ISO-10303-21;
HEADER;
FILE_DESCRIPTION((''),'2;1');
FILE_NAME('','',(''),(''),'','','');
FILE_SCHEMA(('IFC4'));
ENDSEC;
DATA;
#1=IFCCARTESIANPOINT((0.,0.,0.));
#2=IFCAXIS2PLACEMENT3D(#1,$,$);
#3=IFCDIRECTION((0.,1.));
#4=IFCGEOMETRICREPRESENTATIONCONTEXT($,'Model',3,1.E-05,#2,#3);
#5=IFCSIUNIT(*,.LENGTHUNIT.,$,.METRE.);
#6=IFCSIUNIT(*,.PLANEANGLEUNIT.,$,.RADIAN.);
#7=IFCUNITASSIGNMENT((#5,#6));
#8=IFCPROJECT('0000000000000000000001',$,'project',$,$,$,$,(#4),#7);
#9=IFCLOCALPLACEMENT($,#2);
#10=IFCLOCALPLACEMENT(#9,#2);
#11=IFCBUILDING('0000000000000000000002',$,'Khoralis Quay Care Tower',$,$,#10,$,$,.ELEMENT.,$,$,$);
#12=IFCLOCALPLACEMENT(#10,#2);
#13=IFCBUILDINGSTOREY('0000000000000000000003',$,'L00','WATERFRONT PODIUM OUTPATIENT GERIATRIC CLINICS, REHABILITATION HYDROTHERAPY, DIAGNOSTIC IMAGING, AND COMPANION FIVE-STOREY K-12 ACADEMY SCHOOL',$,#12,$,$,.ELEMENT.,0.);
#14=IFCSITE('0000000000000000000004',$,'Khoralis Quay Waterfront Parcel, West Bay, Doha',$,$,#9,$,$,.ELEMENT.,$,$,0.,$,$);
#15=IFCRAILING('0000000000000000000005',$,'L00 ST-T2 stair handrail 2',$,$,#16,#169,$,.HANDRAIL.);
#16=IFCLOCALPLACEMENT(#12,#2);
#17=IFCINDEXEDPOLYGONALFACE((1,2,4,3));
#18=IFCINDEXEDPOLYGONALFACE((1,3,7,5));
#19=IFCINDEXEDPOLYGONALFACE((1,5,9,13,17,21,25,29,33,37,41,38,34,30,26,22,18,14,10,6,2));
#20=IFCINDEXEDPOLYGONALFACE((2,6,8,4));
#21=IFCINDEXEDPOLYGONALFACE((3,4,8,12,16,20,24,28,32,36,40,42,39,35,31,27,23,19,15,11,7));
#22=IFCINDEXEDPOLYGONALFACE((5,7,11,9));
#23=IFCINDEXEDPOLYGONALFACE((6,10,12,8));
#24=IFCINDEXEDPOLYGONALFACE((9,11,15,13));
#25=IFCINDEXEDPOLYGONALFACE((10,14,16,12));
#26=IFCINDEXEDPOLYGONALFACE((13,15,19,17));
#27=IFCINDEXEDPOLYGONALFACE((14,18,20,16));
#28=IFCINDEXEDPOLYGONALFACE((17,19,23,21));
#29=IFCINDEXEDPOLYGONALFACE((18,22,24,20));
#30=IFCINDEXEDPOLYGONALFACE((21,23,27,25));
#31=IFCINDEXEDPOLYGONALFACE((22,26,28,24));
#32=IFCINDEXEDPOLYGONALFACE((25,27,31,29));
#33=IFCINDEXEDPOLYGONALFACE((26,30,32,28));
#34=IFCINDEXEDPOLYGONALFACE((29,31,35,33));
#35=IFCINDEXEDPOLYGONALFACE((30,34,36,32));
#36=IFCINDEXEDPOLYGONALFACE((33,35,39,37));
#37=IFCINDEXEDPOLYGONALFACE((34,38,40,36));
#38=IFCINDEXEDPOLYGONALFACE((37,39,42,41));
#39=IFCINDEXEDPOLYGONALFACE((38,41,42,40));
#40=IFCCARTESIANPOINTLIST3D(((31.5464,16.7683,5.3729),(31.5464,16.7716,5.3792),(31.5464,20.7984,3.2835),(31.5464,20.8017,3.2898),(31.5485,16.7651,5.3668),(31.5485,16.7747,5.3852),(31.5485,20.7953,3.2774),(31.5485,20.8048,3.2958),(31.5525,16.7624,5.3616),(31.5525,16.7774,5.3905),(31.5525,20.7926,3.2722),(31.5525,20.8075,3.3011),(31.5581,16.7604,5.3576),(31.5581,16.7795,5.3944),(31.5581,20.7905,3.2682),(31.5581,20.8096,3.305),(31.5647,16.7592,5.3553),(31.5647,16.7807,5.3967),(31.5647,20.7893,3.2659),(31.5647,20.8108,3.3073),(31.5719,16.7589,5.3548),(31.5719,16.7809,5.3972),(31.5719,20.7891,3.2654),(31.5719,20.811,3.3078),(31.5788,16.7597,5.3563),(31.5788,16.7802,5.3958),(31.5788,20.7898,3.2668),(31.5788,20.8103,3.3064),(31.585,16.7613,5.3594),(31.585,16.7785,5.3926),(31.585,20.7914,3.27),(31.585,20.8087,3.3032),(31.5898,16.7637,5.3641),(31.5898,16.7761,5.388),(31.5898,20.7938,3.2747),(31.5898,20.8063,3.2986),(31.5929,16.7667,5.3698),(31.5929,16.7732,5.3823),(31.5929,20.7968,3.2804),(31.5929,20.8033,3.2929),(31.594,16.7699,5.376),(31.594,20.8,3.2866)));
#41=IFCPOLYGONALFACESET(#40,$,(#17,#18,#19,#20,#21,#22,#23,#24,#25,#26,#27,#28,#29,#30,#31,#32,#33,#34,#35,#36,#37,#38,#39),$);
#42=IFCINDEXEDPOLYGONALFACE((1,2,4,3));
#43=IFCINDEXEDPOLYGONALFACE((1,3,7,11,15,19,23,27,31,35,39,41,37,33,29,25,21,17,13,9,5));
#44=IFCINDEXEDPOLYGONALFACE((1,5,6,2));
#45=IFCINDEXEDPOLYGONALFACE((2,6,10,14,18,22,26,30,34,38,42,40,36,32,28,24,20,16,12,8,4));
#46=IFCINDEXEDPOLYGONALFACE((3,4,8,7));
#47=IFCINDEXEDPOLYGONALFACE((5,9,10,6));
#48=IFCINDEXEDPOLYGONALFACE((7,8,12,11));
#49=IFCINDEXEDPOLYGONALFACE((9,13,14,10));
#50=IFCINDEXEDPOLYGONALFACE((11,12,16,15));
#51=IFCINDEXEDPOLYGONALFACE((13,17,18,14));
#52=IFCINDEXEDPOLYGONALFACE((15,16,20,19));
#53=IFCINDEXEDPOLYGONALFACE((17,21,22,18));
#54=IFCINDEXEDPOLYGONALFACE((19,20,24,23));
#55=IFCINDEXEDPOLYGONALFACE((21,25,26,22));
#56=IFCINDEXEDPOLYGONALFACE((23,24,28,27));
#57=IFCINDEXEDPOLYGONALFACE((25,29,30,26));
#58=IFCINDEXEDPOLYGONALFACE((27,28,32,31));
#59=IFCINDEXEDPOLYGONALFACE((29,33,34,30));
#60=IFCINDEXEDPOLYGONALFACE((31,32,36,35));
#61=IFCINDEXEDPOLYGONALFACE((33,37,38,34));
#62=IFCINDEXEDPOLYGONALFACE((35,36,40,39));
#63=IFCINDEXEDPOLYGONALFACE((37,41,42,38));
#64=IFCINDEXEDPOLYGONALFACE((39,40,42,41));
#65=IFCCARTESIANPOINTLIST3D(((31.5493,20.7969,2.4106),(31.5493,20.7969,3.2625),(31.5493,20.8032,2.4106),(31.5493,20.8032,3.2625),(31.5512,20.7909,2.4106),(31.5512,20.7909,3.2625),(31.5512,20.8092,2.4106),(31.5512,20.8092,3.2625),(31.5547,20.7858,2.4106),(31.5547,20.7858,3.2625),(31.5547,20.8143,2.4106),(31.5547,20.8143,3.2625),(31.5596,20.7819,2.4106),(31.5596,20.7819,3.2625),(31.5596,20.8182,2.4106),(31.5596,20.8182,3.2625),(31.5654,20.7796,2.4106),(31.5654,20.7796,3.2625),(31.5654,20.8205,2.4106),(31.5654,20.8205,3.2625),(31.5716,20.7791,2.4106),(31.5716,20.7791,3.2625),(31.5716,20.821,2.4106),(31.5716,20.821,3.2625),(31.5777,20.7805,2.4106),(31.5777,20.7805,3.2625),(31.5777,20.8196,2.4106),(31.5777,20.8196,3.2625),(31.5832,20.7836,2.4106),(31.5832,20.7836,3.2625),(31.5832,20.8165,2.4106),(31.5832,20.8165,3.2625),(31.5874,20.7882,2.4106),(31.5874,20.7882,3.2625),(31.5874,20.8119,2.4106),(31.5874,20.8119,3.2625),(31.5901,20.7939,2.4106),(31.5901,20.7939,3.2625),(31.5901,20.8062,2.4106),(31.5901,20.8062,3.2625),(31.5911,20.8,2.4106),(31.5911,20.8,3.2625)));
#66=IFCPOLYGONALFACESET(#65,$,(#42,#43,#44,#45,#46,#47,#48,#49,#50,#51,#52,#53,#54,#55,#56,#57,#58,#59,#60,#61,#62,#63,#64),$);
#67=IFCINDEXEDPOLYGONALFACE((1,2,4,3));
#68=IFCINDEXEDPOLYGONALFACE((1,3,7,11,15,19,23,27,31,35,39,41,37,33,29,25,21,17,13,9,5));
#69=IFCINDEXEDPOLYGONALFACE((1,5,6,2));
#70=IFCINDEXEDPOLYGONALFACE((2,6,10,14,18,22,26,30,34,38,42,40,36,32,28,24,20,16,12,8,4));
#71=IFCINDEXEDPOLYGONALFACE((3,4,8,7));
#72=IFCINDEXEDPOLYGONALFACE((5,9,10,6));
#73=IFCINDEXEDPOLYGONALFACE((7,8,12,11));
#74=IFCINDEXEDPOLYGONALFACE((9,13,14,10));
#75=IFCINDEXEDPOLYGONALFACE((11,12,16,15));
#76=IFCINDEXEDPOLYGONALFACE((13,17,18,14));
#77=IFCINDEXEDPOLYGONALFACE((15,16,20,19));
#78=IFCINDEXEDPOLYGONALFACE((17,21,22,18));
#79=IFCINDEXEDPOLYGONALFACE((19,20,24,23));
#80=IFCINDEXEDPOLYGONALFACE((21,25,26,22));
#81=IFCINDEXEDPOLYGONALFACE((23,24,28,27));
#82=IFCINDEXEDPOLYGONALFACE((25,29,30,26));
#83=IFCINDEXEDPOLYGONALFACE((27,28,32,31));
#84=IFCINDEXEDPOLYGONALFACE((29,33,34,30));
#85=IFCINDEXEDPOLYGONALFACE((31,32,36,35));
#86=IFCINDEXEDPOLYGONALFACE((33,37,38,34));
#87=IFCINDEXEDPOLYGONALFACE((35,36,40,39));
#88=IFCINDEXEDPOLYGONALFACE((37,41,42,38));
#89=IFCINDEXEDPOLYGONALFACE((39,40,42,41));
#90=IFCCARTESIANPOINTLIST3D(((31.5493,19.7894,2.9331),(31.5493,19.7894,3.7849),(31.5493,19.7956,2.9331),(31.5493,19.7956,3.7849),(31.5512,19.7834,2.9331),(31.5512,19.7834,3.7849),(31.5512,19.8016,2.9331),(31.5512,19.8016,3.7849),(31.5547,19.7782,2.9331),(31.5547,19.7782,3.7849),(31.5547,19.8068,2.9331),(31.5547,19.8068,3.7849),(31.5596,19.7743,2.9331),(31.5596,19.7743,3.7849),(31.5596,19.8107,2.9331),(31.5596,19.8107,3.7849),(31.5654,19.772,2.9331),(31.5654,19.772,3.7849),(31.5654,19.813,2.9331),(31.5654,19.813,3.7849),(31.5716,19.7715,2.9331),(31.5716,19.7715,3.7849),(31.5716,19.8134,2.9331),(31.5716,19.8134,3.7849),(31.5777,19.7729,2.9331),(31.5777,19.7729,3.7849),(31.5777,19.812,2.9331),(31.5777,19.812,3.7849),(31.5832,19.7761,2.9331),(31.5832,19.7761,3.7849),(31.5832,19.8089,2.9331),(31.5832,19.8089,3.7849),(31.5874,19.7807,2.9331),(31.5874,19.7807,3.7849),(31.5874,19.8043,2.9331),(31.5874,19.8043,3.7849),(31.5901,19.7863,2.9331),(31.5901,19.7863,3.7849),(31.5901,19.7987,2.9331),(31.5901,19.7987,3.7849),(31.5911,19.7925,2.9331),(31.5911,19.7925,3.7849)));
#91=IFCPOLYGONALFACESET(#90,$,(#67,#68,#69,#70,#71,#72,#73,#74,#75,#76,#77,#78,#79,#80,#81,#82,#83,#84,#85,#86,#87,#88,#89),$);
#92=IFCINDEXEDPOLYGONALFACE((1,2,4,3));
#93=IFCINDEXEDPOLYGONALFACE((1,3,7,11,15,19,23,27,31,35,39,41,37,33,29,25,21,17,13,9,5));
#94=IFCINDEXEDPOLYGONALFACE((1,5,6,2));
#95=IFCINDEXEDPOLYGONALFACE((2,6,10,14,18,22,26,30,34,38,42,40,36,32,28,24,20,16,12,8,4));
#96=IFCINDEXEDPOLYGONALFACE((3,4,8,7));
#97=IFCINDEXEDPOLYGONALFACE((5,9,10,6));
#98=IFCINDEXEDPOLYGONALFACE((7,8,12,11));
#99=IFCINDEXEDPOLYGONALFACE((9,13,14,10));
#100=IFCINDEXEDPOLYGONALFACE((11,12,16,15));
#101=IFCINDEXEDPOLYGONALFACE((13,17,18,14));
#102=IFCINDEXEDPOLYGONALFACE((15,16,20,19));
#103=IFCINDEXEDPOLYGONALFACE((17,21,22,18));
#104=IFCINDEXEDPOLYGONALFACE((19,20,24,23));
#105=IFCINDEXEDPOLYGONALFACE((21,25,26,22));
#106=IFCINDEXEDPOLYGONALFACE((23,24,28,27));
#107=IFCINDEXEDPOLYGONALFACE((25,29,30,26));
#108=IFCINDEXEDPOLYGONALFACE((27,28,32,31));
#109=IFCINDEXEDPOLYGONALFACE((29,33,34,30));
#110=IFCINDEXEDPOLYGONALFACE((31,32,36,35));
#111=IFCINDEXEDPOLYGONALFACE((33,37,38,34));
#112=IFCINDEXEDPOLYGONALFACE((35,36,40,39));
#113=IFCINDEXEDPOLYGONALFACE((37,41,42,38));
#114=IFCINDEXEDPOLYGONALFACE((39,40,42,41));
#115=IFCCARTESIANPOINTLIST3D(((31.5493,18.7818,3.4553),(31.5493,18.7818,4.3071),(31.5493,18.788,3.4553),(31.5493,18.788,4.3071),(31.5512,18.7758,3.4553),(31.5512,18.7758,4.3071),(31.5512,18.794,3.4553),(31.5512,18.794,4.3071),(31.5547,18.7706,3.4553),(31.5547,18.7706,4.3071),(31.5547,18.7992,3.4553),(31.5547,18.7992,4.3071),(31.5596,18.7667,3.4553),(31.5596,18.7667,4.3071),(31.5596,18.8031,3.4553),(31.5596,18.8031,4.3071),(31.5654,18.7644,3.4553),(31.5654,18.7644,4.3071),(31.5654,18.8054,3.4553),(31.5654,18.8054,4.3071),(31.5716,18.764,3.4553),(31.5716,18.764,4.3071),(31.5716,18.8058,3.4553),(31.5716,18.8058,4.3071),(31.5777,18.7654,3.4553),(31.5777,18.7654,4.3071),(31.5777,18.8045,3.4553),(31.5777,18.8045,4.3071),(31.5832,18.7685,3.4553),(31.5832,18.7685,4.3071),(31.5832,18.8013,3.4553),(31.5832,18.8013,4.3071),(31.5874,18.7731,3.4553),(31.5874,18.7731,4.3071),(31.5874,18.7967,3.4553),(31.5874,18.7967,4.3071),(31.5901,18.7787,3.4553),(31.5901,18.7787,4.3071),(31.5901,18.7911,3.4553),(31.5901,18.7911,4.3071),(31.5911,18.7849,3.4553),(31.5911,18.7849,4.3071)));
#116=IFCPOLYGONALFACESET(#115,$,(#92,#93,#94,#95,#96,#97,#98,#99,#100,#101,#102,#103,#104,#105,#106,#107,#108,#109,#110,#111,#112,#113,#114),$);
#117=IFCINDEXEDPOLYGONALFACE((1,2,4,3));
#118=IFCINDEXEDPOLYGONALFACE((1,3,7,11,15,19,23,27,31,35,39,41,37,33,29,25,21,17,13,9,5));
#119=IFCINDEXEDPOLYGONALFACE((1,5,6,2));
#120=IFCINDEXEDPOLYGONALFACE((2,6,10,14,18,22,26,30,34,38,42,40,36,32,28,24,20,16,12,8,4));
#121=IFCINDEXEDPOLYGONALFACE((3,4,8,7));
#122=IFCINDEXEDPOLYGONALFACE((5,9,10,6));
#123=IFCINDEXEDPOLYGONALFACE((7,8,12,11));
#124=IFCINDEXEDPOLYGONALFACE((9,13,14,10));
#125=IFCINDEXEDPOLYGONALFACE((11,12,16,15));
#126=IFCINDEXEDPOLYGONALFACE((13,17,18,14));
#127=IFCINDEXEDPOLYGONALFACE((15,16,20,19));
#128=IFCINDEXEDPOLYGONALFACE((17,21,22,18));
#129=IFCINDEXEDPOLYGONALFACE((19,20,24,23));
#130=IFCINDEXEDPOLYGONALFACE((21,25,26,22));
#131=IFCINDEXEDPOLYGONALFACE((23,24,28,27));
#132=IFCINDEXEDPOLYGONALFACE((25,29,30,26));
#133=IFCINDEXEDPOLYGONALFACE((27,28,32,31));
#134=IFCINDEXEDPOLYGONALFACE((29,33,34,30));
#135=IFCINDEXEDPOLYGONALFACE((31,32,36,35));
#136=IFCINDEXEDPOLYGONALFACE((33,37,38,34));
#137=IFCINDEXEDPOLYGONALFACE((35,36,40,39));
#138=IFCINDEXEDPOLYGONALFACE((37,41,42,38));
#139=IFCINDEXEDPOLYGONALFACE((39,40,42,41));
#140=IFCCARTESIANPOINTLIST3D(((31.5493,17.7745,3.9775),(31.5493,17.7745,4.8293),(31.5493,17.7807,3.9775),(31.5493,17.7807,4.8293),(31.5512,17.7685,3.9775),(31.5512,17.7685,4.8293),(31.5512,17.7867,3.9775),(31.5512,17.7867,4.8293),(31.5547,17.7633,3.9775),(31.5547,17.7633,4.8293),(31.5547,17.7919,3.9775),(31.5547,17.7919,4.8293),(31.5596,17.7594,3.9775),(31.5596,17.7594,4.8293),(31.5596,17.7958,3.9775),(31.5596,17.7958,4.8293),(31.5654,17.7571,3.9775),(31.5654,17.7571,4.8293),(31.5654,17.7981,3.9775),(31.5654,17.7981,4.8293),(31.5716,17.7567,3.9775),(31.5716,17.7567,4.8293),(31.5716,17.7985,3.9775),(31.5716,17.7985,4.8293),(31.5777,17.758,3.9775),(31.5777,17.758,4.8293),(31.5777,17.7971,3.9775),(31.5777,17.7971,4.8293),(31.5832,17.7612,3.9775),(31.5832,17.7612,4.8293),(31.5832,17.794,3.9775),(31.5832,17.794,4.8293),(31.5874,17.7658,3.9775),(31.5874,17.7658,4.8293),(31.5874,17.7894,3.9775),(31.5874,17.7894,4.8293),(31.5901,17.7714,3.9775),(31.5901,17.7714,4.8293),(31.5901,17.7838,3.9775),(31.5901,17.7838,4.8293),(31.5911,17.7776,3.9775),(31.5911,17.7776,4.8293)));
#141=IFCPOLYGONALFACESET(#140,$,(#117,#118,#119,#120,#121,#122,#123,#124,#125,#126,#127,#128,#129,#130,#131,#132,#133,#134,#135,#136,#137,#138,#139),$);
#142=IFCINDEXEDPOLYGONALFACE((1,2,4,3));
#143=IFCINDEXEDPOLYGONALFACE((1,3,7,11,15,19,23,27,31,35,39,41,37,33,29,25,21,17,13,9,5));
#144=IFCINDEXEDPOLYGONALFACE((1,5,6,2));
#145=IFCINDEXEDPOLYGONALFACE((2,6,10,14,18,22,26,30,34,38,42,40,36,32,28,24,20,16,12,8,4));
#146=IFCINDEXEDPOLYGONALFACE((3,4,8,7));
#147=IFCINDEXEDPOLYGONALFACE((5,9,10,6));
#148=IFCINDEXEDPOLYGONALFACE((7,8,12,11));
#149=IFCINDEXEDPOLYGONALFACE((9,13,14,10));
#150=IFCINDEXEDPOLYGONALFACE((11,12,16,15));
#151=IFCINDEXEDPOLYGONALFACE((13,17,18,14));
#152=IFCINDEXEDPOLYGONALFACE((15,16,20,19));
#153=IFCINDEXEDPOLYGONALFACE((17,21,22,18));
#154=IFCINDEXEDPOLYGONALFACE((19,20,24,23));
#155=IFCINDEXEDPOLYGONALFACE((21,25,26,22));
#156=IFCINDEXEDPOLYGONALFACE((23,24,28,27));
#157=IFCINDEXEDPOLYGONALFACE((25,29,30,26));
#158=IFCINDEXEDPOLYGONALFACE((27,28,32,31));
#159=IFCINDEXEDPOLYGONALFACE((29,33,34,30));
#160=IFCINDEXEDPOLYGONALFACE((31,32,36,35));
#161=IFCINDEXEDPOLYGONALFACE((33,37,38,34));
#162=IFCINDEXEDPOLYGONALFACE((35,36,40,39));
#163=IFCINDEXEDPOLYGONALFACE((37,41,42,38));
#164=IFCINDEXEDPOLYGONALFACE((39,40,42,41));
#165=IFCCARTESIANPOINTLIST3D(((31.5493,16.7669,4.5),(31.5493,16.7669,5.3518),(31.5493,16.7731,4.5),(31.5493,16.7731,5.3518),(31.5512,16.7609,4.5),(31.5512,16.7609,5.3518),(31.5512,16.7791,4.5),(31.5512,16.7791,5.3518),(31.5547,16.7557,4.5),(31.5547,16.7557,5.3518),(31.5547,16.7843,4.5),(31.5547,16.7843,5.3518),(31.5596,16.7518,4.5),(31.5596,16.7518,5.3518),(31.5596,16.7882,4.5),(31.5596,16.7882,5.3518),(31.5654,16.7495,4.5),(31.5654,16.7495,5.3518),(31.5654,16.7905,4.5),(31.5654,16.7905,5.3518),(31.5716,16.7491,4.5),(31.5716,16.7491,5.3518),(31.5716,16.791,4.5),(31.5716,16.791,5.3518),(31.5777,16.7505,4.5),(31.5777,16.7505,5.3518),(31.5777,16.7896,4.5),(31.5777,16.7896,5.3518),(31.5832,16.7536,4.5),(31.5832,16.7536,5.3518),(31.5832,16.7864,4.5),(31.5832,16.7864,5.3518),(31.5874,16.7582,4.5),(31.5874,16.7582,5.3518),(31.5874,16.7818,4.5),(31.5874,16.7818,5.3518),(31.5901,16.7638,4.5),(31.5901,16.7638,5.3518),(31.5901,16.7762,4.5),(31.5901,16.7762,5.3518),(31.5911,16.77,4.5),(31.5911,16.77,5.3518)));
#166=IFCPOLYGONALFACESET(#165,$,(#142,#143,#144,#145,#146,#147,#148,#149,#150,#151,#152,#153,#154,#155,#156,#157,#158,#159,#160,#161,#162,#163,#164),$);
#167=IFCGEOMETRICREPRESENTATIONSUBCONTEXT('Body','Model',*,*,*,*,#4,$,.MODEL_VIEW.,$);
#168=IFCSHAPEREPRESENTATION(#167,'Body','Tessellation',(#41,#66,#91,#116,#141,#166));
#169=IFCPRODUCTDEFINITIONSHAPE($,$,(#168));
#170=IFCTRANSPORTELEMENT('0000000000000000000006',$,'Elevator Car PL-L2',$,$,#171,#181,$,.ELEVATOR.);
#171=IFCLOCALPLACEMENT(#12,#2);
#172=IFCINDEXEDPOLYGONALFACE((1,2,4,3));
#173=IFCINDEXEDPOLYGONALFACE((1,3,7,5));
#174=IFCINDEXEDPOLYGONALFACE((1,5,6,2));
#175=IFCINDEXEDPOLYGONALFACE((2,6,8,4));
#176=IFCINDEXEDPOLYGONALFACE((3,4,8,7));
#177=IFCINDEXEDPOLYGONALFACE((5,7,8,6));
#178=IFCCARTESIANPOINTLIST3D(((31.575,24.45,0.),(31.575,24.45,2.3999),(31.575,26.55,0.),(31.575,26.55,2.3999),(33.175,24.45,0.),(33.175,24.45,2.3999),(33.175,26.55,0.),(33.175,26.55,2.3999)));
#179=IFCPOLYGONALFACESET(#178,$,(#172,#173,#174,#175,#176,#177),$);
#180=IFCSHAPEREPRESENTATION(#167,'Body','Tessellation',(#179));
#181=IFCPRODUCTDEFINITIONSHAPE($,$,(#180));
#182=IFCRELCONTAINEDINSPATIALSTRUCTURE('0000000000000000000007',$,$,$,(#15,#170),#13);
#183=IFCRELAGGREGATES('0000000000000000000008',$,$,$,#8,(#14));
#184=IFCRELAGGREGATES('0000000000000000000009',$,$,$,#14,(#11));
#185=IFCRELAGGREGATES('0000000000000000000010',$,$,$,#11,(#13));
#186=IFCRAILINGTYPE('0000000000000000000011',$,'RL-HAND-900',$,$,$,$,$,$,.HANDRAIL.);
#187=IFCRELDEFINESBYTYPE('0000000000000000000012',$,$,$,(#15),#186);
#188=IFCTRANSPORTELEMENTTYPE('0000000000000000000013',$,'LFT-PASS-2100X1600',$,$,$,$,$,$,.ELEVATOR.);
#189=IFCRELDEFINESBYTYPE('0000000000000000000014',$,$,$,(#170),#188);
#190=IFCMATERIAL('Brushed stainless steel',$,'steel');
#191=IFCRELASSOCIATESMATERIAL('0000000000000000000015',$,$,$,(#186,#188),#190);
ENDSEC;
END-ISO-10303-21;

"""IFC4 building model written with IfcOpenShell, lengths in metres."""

from ifc_helpers import new_model, si_unit, direction, frame, origin, origin_2d, place, context, subcontext, project, spatial, rectangle, circle, extrude, source, transform, mapped, material, type_object, element, save


model = new_model("IFC4")

# Units and contexts
model_context = context("Model", 3, precision=1e-05, world=origin(), true_north=direction((0.0, 1.0)))
body_context = subcontext(model_context, "Body", "Model", "MODEL_VIEW")
ifc_project = project(units=[si_unit("LENGTHUNIT", "METRE"), si_unit("PLANEANGLEUNIT", "RADIAN")], contexts=[model_context])

# Site, building, storey
site_placement = place(None, origin())
site = spatial("IfcSite", under=ifc_project, at=site_placement, Name="Khoralis Quay Waterfront Parcel, West Bay, Doha", CompositionType="ELEMENT", RefElevation=0.0)
building_placement = place(site_placement, origin())
building = spatial("IfcBuilding", under=site, at=building_placement, Name="Khoralis Quay Care Tower", CompositionType="ELEMENT")
storey_placement = place(building_placement, origin())
storey = spatial("IfcBuildingStorey", under=building, at=storey_placement, Name="L00", Description="WATERFRONT PODIUM OUTPATIENT GERIATRIC CLINICS, REHABILITATION HYDROTHERAPY, DIAGNOSTIC IMAGING, AND COMPANION FIVE-STOREY K-12 ACADEMY SCHOOL", CompositionType="ELEMENT", Elevation=0.0)

# Shared definitions
ifc_material_1 = material(Name="Brushed stainless steel", Category="steel")

# Railing
railing_type_1 = type_object("IfcRailingType", Name="RL-HAND-900", PredefinedType="HANDRAIL", material=ifc_material_1)
railing_1_placement = place(storey_placement, frame((31.5701, 20.8, 2.4106)))
element("IfcRailing", 1, at=railing_1_placement, inside=storey, type_object=railing_type_1, Name="L00 ST-T2 stair handrail 2", PredefinedType="HANDRAIL", context=body_context, shape_type="SweptSolid", body=[
    extrude(circle(Radius=0.0239, at=origin_2d()), frame((0.0, 0.0, 0.876), z_axis=(0.0, -0.887781, 0.460267), x_axis=(1.0, 0.0, 0.0)), (0.0, 0.0, 1.0), 4.5396),
    extrude(circle(Radius=0.021, at=origin_2d()), origin(), (0.0, 0.0, 1.0), 0.8518),
    extrude(circle(Radius=0.021, at=origin_2d()), frame((0.0, -1.0076, 0.5225)), (0.0, 0.0, 1.0), 0.8518),
    extrude(circle(Radius=0.021, at=origin_2d()), frame((0.0, -2.0151, 1.0447)), (0.0, 0.0, 1.0), 0.8518),
    extrude(circle(Radius=0.021, at=origin_2d()), frame((0.0, -3.0225, 1.5669)), (0.0, 0.0, 1.0), 0.8518),
    extrude(circle(Radius=0.021, at=origin_2d()), frame((0.0, -4.03, 2.0894)), (0.0, 0.0, 1.0), 0.8518),
])

# Transport element
transport_element_type = type_object("IfcTransportElementType", Name="LFT-PASS-2100X1600", PredefinedType="ELEVATOR", material=ifc_material_1)
shared_shape_1 = source(origin(), body_context, "Body", "SweptSolid", [
    extrude(rectangle(XDim=2.1001, YDim=1.6001, at=origin_2d()), origin(), (0.0, 0.0, 1.0), 2.3999),
])
transport_element_placement = place(storey_placement, frame((32.375, 25.5, 0.0), z_axis=(0.0, 0.0, 1.0), x_axis=(0.0, 1.0, 0.0)))
element("IfcTransportElement", 2, at=transport_element_placement, inside=storey, type_object=transport_element_type, Name="Elevator Car PL-L2", PredefinedType="ELEVATOR", context=body_context, shape_type="MappedRepresentation", body=[
    mapped(shared_shape_1, transform((0.0, 0.0, 0.0), scale=1.0)),
])

save(model, "model.ifc")
